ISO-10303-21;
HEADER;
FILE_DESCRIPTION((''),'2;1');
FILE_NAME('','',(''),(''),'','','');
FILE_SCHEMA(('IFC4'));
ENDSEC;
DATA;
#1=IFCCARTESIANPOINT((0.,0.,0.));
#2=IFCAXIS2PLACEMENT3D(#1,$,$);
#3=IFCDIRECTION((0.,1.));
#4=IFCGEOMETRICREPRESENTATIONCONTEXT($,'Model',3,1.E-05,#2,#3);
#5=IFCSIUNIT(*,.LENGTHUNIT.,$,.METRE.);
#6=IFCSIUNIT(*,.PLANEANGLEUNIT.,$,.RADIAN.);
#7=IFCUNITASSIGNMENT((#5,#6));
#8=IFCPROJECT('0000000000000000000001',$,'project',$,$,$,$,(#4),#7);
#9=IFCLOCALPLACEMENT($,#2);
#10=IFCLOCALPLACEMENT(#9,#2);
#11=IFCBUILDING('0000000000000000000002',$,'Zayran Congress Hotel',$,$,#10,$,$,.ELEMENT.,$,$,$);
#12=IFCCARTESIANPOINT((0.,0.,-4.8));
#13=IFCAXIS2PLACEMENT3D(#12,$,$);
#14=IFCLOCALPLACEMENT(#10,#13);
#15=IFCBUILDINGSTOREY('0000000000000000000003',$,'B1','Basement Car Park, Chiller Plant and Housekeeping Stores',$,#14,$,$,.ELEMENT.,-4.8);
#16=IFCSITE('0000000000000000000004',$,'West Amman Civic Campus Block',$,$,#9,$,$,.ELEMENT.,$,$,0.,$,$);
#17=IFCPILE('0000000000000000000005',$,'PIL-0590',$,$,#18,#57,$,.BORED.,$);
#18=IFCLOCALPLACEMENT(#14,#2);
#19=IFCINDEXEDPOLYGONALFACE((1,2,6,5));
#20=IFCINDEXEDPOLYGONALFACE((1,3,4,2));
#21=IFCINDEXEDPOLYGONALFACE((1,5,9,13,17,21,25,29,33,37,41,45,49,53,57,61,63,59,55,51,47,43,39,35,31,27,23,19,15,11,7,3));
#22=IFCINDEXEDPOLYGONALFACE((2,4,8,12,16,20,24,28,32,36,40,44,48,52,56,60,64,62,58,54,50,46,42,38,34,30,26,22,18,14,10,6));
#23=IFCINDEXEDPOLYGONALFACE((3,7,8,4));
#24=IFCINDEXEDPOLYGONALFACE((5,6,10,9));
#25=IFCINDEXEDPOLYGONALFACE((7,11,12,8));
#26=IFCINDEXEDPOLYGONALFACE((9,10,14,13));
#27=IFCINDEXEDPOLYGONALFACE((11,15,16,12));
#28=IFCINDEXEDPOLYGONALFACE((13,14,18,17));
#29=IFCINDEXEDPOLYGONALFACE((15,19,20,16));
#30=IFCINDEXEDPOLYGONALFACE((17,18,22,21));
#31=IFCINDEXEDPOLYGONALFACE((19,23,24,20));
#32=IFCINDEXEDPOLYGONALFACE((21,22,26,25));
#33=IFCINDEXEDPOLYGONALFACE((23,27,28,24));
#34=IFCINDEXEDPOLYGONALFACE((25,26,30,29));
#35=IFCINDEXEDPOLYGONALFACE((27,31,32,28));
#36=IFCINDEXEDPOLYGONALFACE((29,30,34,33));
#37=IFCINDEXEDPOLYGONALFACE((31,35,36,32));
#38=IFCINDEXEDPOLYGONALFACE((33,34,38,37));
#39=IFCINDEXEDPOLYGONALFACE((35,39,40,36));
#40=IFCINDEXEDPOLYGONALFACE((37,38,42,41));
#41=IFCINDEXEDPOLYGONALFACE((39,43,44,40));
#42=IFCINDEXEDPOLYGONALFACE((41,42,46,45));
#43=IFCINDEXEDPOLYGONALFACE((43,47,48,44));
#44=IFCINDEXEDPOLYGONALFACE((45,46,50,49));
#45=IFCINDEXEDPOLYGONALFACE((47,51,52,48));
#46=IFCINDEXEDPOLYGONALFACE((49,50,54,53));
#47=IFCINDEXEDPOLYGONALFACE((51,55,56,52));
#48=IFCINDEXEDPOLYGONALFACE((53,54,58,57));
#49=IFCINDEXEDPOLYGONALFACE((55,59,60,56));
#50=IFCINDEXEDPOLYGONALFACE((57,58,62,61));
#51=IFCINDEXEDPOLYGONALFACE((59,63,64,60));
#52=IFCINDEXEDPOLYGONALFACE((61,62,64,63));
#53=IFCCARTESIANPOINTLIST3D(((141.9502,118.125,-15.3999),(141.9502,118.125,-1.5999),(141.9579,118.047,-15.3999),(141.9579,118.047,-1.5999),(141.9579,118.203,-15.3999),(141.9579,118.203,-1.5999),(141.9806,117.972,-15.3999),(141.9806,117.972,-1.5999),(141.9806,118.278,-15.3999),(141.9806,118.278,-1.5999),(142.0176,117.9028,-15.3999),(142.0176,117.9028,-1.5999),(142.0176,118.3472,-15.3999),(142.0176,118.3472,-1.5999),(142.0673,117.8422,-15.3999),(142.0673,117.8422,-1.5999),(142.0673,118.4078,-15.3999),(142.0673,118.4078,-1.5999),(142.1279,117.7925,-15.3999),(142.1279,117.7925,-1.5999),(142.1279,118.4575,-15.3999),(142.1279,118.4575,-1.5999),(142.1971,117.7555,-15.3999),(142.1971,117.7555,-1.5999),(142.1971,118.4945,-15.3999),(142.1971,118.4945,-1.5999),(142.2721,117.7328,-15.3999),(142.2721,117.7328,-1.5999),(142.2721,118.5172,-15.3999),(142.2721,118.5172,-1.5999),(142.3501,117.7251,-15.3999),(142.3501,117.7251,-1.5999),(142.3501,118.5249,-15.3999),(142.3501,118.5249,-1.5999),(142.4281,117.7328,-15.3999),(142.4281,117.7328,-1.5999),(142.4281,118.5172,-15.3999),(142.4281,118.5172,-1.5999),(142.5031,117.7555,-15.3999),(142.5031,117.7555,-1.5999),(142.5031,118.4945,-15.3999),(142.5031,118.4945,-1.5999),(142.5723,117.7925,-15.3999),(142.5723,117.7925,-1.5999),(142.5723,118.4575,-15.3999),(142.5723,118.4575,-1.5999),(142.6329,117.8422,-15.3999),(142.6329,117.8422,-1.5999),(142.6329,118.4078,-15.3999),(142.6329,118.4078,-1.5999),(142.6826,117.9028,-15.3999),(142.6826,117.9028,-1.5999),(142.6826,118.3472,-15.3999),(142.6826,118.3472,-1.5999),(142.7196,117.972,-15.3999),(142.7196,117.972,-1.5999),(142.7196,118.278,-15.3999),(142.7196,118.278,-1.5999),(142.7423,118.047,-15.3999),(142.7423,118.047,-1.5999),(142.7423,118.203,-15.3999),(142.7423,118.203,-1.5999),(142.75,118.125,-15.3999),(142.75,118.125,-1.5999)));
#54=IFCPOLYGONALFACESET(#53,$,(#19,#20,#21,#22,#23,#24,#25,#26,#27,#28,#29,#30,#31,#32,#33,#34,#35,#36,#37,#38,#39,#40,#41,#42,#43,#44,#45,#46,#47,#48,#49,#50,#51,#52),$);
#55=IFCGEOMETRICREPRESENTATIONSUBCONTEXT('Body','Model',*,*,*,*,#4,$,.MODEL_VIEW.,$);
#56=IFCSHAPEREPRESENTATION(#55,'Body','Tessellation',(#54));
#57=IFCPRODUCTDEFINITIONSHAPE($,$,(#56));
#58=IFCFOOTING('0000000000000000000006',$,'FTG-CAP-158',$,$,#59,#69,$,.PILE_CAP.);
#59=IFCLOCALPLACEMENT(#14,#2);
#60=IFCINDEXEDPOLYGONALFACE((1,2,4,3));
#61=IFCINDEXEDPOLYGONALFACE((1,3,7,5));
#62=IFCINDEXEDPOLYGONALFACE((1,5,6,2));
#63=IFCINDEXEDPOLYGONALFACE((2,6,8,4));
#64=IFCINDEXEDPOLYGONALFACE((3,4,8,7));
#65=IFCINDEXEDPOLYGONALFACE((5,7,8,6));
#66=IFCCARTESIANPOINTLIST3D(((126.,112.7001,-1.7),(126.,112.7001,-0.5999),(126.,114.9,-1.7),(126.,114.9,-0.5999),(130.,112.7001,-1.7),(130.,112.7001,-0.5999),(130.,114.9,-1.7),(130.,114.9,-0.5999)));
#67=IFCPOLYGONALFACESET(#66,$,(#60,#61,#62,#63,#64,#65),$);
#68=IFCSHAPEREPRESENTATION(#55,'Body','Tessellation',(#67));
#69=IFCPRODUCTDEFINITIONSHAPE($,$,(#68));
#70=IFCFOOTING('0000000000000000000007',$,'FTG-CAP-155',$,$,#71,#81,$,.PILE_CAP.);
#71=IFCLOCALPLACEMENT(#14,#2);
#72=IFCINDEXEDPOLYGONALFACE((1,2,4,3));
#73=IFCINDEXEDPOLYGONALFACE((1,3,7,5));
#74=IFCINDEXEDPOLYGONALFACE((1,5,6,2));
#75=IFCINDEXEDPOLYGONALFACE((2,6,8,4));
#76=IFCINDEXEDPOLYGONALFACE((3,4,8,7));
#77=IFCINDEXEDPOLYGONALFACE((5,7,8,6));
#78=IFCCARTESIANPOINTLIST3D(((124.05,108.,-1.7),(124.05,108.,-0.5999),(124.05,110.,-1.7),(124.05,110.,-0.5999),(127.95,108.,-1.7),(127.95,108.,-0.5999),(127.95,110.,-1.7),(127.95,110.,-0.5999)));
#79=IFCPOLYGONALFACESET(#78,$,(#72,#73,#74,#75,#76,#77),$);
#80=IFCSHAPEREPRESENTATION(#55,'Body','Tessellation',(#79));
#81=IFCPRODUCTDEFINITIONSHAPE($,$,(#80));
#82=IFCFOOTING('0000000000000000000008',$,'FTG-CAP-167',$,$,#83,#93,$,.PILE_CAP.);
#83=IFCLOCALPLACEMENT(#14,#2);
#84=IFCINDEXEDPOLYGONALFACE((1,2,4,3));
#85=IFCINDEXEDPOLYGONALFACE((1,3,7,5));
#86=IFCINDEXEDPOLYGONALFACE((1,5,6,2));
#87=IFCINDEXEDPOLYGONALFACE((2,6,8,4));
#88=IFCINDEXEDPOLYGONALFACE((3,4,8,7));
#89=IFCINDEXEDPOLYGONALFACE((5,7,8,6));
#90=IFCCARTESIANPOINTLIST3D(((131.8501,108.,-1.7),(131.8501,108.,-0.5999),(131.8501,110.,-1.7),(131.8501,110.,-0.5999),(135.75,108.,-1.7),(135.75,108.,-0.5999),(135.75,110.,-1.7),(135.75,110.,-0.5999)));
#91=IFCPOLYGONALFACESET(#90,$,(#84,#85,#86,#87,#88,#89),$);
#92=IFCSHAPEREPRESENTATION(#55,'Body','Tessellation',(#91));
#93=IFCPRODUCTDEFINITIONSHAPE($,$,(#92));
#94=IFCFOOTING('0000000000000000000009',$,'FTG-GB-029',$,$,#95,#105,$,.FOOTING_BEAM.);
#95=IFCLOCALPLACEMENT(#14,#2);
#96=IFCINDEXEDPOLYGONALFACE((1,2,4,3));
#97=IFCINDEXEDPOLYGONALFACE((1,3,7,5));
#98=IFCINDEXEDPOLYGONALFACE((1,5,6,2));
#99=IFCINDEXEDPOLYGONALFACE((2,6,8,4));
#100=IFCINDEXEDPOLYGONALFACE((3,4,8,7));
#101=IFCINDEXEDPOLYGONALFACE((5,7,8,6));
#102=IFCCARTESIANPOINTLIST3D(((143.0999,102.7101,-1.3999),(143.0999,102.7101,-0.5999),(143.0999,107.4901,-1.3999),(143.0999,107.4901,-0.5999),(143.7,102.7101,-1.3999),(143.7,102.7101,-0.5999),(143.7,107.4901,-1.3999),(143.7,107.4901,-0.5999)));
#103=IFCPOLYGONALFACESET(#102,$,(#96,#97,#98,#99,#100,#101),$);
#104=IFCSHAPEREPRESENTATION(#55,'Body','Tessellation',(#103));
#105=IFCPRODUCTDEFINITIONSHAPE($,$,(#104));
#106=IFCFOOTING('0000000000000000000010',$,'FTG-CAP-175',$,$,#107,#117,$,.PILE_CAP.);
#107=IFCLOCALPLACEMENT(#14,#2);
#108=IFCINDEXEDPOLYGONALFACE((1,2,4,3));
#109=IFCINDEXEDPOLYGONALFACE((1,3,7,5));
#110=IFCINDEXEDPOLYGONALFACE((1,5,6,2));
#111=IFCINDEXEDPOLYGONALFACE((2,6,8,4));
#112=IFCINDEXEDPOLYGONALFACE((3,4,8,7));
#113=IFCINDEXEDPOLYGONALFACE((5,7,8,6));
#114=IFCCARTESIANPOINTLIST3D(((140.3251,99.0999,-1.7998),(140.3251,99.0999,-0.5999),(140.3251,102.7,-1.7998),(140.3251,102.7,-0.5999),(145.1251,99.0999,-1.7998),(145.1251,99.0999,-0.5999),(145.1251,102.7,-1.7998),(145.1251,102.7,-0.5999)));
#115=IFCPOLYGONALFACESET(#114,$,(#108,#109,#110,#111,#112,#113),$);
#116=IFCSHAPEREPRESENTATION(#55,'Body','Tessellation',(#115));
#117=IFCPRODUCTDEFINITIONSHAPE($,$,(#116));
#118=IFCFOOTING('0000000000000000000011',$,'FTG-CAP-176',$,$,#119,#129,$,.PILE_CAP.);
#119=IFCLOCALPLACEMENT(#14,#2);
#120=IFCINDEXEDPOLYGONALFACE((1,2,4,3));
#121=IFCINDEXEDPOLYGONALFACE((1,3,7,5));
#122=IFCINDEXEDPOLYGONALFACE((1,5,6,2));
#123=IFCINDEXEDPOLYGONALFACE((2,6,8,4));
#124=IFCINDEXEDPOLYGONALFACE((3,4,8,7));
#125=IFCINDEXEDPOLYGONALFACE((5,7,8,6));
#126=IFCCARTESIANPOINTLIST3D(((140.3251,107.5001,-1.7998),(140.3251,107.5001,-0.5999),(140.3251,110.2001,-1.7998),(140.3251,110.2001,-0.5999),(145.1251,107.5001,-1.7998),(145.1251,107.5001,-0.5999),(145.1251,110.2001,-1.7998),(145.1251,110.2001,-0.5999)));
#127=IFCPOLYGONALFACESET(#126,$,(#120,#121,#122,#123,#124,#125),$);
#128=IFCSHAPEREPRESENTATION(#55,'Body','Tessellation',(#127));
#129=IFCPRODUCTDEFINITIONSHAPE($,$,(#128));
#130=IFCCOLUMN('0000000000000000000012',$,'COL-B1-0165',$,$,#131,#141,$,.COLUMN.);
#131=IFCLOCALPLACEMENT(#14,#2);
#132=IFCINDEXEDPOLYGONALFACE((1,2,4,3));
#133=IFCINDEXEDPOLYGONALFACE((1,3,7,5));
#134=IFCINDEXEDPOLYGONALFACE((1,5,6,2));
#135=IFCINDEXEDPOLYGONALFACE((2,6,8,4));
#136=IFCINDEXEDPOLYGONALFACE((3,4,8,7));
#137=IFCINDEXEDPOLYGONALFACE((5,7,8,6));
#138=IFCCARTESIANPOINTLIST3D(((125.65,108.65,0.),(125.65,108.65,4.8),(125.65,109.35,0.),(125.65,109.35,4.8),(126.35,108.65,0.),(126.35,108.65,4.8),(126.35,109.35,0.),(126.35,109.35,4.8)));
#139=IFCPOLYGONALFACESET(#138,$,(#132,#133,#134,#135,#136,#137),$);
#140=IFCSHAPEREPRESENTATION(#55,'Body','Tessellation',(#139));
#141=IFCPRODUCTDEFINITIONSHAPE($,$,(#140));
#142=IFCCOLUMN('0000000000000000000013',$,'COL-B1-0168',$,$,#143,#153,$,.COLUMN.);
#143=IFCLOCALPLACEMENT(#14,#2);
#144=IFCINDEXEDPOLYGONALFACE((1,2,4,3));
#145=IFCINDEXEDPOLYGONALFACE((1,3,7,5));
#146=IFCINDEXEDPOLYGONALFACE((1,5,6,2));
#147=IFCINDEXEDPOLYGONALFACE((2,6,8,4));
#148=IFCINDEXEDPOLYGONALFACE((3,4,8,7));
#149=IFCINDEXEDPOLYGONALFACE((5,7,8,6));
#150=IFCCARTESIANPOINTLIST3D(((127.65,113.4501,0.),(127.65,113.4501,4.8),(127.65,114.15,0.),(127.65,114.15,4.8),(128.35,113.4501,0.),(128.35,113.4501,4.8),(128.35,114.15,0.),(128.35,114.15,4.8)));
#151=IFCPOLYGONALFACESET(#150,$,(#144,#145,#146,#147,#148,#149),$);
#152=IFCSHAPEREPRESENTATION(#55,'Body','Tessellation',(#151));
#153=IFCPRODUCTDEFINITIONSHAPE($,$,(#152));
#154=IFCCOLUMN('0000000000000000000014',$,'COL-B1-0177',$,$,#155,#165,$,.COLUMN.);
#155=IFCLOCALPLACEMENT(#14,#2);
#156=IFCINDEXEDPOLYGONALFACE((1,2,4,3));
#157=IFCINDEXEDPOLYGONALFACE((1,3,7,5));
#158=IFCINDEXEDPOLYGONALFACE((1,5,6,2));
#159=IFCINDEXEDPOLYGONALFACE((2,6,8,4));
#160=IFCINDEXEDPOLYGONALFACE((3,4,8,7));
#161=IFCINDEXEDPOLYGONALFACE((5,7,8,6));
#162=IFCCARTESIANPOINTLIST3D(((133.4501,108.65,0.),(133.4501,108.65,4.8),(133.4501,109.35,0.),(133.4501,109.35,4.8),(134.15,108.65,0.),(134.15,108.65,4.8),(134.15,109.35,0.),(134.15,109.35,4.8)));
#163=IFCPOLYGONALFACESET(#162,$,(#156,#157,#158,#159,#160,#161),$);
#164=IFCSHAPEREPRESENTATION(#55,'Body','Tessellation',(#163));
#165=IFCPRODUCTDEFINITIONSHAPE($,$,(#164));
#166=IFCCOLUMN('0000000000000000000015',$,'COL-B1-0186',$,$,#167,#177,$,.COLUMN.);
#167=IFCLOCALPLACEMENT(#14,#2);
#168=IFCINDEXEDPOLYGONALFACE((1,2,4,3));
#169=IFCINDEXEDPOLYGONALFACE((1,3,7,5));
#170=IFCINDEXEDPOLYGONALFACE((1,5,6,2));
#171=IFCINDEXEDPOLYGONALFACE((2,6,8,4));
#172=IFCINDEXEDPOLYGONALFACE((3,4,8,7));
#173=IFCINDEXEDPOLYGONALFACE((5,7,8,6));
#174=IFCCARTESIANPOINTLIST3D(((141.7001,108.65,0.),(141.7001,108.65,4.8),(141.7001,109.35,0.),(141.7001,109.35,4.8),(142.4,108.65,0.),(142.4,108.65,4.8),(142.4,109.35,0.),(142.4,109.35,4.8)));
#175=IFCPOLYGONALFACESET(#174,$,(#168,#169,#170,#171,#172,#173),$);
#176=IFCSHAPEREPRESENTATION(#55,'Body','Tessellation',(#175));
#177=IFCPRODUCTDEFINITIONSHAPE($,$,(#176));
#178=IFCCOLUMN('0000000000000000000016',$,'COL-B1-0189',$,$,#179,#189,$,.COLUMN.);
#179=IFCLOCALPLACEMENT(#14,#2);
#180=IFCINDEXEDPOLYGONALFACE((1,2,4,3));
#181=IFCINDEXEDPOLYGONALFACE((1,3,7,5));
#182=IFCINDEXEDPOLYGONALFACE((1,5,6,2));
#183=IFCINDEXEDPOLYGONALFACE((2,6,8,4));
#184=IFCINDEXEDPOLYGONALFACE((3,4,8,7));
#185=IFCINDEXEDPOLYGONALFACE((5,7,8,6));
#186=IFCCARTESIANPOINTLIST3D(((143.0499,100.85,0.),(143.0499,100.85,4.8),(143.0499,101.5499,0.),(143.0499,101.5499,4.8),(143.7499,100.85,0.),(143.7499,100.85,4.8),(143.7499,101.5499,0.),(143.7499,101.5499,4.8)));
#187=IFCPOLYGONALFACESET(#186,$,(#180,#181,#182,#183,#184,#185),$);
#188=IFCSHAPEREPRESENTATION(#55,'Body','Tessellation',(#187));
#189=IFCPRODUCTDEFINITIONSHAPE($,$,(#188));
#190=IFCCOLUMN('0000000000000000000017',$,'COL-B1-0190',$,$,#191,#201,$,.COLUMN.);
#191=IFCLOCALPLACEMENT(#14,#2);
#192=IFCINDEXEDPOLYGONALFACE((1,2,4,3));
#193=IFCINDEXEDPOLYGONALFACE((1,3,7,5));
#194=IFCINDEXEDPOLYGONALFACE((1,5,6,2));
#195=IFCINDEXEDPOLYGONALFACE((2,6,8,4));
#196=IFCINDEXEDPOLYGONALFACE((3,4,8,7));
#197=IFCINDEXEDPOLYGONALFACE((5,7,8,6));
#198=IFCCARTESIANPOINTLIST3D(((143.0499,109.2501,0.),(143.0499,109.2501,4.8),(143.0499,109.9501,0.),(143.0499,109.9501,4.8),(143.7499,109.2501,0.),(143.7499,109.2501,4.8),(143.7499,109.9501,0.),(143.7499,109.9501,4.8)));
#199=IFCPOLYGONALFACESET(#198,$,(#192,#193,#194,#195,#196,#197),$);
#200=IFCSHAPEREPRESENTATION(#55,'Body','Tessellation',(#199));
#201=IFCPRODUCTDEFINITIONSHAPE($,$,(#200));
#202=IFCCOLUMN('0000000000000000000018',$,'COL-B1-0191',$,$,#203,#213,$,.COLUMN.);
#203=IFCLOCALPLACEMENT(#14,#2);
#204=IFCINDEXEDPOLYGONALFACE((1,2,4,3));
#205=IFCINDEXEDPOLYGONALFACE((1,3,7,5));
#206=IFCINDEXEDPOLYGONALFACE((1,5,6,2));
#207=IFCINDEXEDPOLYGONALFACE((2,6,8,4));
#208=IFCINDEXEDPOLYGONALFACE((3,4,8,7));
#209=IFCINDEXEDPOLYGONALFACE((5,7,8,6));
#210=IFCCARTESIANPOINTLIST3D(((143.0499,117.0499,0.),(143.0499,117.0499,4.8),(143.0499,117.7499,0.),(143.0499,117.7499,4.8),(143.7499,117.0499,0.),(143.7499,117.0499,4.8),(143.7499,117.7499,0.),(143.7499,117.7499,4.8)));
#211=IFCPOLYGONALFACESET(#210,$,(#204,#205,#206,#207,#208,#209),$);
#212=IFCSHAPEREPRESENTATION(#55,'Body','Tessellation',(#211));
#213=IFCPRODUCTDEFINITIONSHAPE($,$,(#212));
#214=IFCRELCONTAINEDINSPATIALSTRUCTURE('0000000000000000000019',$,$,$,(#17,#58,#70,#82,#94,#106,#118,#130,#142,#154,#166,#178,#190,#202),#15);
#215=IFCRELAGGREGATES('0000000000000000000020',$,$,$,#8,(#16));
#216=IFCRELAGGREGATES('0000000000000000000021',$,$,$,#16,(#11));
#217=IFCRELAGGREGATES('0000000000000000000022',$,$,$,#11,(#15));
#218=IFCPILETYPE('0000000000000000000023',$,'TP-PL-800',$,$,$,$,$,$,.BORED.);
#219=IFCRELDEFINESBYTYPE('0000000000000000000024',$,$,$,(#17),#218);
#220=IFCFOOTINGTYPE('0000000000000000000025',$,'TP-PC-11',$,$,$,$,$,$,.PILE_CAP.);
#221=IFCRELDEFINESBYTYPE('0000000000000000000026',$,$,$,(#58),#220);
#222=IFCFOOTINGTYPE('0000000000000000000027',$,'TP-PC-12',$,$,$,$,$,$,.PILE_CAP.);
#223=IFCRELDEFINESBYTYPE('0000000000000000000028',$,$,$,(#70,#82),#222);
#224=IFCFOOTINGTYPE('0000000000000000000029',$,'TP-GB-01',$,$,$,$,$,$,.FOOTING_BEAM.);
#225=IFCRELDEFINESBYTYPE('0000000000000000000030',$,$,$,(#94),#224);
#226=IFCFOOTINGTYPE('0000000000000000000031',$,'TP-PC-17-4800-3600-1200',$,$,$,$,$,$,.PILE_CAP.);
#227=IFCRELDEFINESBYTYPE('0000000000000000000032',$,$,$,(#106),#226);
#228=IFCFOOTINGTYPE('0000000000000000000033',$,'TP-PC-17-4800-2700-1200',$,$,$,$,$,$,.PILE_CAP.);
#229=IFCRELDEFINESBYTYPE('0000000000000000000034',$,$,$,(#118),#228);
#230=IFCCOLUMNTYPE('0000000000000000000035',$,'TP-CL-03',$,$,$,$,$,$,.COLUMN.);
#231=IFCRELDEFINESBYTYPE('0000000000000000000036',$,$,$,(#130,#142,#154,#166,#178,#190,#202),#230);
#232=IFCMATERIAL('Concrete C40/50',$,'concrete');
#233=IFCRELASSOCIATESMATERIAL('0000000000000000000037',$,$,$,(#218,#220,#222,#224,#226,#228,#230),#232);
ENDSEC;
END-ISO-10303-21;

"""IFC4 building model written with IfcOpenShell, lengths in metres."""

from ifc_helpers import new_model, si_unit, direction, frame, origin, origin_2d, place, context, subcontext, project, spatial, rectangle, circle, extrude, material, material_profile, profile_set, type_object, element, save


model = new_model("IFC4")

# Units and contexts
model_context = context("Model", 3, precision=1e-05, world=origin(), true_north=direction((0.0, 1.0)))
body_context = subcontext(model_context, "Body", "Model", "MODEL_VIEW")
ifc_project = project(units=[si_unit("LENGTHUNIT", "METRE"), si_unit("PLANEANGLEUNIT", "RADIAN")], contexts=[model_context])

# Site, building, storey
site_placement = place(None, origin())
site = spatial("IfcSite", under=ifc_project, at=site_placement, Name="West Amman Civic Campus Block", CompositionType="ELEMENT", RefElevation=0.0)
building_placement = place(site_placement, origin())
building = spatial("IfcBuilding", under=site, at=building_placement, Name="Zayran Congress Hotel", CompositionType="ELEMENT")
storey_placement = place(building_placement, frame((0.0, 0.0, -4.8)))
storey = spatial("IfcBuildingStorey", under=building, at=storey_placement, Name="B1", Description="Basement Car Park, Chiller Plant and Housekeeping Stores", CompositionType="ELEMENT", Elevation=-4.8)

# Pile
ifc_material_1 = material(Name="Concrete C40/50", Category="concrete")
ifc_material_profile_1 = material_profile(ifc_material_1, circle(Radius=0.3999, at=origin_2d()), Name="PILE D800")
ifc_profile_set_1 = profile_set([ifc_material_profile_1], Name="Concrete C40/50")
pile_type_1 = type_object("IfcPileType", Name="TP-PL-800", PredefinedType="BORED", material=ifc_profile_set_1)
pile_placement = place(storey_placement, frame((142.3501, 118.125, -1.5999), z_axis=(0.0, 0.0, -1.0), x_axis=(1.0, 0.0, 0.0)))
element("IfcPile", 1, at=pile_placement, inside=storey, type_object=pile_type_1, Name="PIL-0590", PredefinedType="BORED", context=body_context, shape_type="SweptSolid", body=[
    extrude(circle(Radius=0.3999, at=origin_2d()), origin(), (0.0, 0.0, 1.0), 13.8),
])

# Footings
footing_type_1 = type_object("IfcFootingType", Name="TP-PC-11", PredefinedType="PILE_CAP", material=ifc_material_1)
footing_1_placement = place(storey_placement, frame((128.0, 113.8, -1.7), z_axis=(0.0, 0.0, 1.0), x_axis=(1.0, 0.0, 0.0)))
element("IfcFooting", 2, at=footing_1_placement, inside=storey, type_object=footing_type_1, Name="FTG-CAP-158", PredefinedType="PILE_CAP", context=body_context, shape_type="SweptSolid", body=[
    extrude(rectangle(XDim=4.0, YDim=2.2, at=origin_2d()), origin(), (0.0, 0.0, 1.0), 1.1001),
])
footing_type_2 = type_object("IfcFootingType", Name="TP-PC-12", PredefinedType="PILE_CAP", material=ifc_material_1)
for number, where, z_axis, x_axis, name in (
    (3, (126.0, 109.0, -1.7), (0.0, 0.0, 1.0), (1.0, 0.0, 0.0), "FTG-CAP-155"),
    (4, (133.8, 109.0, -1.7), (0.0, 0.0, 1.0), (1.0, 0.0, 0.0), "FTG-CAP-167"),
):
    element("IfcFooting", number, at=place(storey_placement, frame(where, z_axis=z_axis, x_axis=x_axis)), inside=storey, type_object=footing_type_2, Name=name, PredefinedType="PILE_CAP", context=body_context, shape_type="SweptSolid", body=[
        extrude(rectangle(XDim=3.8999, YDim=2.0, at=origin_2d()), origin(), (0.0, 0.0, 1.0), 1.1001),
    ])
footing_type_3 = type_object("IfcFootingType", Name="TP-GB-01", PredefinedType="FOOTING_BEAM", material=ifc_material_1)
footing_2_placement = place(storey_placement, frame((143.3999, 105.1001, -1.3999), z_axis=(0.0, 0.0, 1.0), x_axis=(0.0, 1.0, 0.0)))
element("IfcFooting", 5, at=footing_2_placement, inside=storey, type_object=footing_type_3, Name="FTG-GB-029", PredefinedType="FOOTING_BEAM", context=body_context, shape_type="SweptSolid", body=[
    extrude(rectangle(XDim=4.78, YDim=0.6001, at=origin_2d()), origin(), (0.0, 0.0, 1.0), 0.8),
])
footing_type_4 = type_object("IfcFootingType", Name="TP-PC-17-4800-3600-1200", PredefinedType="PILE_CAP", material=ifc_material_1)
footing_3_placement = place(storey_placement, frame((142.7251, 100.8999, -1.7998), z_axis=(0.0, 0.0, 1.0), x_axis=(1.0, 0.0, 0.0)))
element("IfcFooting", 6, at=footing_3_placement, inside=storey, type_object=footing_type_4, Name="FTG-CAP-175", PredefinedType="PILE_CAP", context=body_context, shape_type="SweptSolid", body=[
    extrude(rectangle(XDim=4.8, YDim=3.6001, at=origin_2d()), origin(), (0.0, 0.0, 1.0), 1.2),
])
footing_type_5 = type_object("IfcFootingType", Name="TP-PC-17-4800-2700-1200", PredefinedType="PILE_CAP", material=ifc_material_1)
footing_4_placement = place(storey_placement, frame((142.7251, 108.8501, -1.7998), z_axis=(0.0, 0.0, 1.0), x_axis=(1.0, 0.0, 0.0)))
element("IfcFooting", 7, at=footing_4_placement, inside=storey, type_object=footing_type_5, Name="FTG-CAP-176", PredefinedType="PILE_CAP", context=body_context, shape_type="SweptSolid", body=[
    extrude(rectangle(XDim=4.8, YDim=2.7, at=origin_2d()), origin(), (0.0, 0.0, 1.0), 1.2),
])

# Columns
ifc_material_profile_2 = material_profile(ifc_material_1, rectangle(XDim=0.7, YDim=0.7, at=origin_2d()), Name="RC 700x700")
ifc_profile_set_2 = profile_set([ifc_material_profile_2], Name="Concrete C40/50")
column_type = type_object("IfcColumnType", Name="TP-CL-03", PredefinedType="COLUMN", material=ifc_profile_set_2)
for number, where, z_axis, x_axis, name in (
    (8, (126.0, 109.0, 0.0), (0.0, 0.0, 1.0), (1.0, 0.0, 0.0), "COL-B1-0165"),
    (9, (128.0, 113.8, 0.0), (0.0, 0.0, 1.0), (1.0, 0.0, 0.0), "COL-B1-0168"),
    (10, (133.8, 109.0, 0.0), (0.0, 0.0, 1.0), (1.0, 0.0, 0.0), "COL-B1-0177"),
    (11, (142.05, 109.0, 0.0), (0.0, 0.0, 1.0), (1.0, 0.0, 0.0), "COL-B1-0186"),
    (12, (143.3999, 101.2, 0.0), (0.0, 0.0, 1.0), (1.0, 0.0, 0.0), "COL-B1-0189"),
    (13, (143.3999, 109.6001, 0.0), (0.0, 0.0, 1.0), (1.0, 0.0, 0.0), "COL-B1-0190"),
    (14, (143.3999, 117.3999, 0.0), (0.0, 0.0, 1.0), (1.0, 0.0, 0.0), "COL-B1-0191"),
):
    element("IfcColumn", number, at=place(storey_placement, frame(where, z_axis=z_axis, x_axis=x_axis)), inside=storey, type_object=column_type, Name=name, PredefinedType="COLUMN", context=body_context, shape_type="SweptSolid", body=[
        extrude(rectangle(XDim=0.7, YDim=0.7, at=origin_2d()), origin(), (0.0, 0.0, 1.0), 4.8),
    ])

save(model, "model.ifc")
